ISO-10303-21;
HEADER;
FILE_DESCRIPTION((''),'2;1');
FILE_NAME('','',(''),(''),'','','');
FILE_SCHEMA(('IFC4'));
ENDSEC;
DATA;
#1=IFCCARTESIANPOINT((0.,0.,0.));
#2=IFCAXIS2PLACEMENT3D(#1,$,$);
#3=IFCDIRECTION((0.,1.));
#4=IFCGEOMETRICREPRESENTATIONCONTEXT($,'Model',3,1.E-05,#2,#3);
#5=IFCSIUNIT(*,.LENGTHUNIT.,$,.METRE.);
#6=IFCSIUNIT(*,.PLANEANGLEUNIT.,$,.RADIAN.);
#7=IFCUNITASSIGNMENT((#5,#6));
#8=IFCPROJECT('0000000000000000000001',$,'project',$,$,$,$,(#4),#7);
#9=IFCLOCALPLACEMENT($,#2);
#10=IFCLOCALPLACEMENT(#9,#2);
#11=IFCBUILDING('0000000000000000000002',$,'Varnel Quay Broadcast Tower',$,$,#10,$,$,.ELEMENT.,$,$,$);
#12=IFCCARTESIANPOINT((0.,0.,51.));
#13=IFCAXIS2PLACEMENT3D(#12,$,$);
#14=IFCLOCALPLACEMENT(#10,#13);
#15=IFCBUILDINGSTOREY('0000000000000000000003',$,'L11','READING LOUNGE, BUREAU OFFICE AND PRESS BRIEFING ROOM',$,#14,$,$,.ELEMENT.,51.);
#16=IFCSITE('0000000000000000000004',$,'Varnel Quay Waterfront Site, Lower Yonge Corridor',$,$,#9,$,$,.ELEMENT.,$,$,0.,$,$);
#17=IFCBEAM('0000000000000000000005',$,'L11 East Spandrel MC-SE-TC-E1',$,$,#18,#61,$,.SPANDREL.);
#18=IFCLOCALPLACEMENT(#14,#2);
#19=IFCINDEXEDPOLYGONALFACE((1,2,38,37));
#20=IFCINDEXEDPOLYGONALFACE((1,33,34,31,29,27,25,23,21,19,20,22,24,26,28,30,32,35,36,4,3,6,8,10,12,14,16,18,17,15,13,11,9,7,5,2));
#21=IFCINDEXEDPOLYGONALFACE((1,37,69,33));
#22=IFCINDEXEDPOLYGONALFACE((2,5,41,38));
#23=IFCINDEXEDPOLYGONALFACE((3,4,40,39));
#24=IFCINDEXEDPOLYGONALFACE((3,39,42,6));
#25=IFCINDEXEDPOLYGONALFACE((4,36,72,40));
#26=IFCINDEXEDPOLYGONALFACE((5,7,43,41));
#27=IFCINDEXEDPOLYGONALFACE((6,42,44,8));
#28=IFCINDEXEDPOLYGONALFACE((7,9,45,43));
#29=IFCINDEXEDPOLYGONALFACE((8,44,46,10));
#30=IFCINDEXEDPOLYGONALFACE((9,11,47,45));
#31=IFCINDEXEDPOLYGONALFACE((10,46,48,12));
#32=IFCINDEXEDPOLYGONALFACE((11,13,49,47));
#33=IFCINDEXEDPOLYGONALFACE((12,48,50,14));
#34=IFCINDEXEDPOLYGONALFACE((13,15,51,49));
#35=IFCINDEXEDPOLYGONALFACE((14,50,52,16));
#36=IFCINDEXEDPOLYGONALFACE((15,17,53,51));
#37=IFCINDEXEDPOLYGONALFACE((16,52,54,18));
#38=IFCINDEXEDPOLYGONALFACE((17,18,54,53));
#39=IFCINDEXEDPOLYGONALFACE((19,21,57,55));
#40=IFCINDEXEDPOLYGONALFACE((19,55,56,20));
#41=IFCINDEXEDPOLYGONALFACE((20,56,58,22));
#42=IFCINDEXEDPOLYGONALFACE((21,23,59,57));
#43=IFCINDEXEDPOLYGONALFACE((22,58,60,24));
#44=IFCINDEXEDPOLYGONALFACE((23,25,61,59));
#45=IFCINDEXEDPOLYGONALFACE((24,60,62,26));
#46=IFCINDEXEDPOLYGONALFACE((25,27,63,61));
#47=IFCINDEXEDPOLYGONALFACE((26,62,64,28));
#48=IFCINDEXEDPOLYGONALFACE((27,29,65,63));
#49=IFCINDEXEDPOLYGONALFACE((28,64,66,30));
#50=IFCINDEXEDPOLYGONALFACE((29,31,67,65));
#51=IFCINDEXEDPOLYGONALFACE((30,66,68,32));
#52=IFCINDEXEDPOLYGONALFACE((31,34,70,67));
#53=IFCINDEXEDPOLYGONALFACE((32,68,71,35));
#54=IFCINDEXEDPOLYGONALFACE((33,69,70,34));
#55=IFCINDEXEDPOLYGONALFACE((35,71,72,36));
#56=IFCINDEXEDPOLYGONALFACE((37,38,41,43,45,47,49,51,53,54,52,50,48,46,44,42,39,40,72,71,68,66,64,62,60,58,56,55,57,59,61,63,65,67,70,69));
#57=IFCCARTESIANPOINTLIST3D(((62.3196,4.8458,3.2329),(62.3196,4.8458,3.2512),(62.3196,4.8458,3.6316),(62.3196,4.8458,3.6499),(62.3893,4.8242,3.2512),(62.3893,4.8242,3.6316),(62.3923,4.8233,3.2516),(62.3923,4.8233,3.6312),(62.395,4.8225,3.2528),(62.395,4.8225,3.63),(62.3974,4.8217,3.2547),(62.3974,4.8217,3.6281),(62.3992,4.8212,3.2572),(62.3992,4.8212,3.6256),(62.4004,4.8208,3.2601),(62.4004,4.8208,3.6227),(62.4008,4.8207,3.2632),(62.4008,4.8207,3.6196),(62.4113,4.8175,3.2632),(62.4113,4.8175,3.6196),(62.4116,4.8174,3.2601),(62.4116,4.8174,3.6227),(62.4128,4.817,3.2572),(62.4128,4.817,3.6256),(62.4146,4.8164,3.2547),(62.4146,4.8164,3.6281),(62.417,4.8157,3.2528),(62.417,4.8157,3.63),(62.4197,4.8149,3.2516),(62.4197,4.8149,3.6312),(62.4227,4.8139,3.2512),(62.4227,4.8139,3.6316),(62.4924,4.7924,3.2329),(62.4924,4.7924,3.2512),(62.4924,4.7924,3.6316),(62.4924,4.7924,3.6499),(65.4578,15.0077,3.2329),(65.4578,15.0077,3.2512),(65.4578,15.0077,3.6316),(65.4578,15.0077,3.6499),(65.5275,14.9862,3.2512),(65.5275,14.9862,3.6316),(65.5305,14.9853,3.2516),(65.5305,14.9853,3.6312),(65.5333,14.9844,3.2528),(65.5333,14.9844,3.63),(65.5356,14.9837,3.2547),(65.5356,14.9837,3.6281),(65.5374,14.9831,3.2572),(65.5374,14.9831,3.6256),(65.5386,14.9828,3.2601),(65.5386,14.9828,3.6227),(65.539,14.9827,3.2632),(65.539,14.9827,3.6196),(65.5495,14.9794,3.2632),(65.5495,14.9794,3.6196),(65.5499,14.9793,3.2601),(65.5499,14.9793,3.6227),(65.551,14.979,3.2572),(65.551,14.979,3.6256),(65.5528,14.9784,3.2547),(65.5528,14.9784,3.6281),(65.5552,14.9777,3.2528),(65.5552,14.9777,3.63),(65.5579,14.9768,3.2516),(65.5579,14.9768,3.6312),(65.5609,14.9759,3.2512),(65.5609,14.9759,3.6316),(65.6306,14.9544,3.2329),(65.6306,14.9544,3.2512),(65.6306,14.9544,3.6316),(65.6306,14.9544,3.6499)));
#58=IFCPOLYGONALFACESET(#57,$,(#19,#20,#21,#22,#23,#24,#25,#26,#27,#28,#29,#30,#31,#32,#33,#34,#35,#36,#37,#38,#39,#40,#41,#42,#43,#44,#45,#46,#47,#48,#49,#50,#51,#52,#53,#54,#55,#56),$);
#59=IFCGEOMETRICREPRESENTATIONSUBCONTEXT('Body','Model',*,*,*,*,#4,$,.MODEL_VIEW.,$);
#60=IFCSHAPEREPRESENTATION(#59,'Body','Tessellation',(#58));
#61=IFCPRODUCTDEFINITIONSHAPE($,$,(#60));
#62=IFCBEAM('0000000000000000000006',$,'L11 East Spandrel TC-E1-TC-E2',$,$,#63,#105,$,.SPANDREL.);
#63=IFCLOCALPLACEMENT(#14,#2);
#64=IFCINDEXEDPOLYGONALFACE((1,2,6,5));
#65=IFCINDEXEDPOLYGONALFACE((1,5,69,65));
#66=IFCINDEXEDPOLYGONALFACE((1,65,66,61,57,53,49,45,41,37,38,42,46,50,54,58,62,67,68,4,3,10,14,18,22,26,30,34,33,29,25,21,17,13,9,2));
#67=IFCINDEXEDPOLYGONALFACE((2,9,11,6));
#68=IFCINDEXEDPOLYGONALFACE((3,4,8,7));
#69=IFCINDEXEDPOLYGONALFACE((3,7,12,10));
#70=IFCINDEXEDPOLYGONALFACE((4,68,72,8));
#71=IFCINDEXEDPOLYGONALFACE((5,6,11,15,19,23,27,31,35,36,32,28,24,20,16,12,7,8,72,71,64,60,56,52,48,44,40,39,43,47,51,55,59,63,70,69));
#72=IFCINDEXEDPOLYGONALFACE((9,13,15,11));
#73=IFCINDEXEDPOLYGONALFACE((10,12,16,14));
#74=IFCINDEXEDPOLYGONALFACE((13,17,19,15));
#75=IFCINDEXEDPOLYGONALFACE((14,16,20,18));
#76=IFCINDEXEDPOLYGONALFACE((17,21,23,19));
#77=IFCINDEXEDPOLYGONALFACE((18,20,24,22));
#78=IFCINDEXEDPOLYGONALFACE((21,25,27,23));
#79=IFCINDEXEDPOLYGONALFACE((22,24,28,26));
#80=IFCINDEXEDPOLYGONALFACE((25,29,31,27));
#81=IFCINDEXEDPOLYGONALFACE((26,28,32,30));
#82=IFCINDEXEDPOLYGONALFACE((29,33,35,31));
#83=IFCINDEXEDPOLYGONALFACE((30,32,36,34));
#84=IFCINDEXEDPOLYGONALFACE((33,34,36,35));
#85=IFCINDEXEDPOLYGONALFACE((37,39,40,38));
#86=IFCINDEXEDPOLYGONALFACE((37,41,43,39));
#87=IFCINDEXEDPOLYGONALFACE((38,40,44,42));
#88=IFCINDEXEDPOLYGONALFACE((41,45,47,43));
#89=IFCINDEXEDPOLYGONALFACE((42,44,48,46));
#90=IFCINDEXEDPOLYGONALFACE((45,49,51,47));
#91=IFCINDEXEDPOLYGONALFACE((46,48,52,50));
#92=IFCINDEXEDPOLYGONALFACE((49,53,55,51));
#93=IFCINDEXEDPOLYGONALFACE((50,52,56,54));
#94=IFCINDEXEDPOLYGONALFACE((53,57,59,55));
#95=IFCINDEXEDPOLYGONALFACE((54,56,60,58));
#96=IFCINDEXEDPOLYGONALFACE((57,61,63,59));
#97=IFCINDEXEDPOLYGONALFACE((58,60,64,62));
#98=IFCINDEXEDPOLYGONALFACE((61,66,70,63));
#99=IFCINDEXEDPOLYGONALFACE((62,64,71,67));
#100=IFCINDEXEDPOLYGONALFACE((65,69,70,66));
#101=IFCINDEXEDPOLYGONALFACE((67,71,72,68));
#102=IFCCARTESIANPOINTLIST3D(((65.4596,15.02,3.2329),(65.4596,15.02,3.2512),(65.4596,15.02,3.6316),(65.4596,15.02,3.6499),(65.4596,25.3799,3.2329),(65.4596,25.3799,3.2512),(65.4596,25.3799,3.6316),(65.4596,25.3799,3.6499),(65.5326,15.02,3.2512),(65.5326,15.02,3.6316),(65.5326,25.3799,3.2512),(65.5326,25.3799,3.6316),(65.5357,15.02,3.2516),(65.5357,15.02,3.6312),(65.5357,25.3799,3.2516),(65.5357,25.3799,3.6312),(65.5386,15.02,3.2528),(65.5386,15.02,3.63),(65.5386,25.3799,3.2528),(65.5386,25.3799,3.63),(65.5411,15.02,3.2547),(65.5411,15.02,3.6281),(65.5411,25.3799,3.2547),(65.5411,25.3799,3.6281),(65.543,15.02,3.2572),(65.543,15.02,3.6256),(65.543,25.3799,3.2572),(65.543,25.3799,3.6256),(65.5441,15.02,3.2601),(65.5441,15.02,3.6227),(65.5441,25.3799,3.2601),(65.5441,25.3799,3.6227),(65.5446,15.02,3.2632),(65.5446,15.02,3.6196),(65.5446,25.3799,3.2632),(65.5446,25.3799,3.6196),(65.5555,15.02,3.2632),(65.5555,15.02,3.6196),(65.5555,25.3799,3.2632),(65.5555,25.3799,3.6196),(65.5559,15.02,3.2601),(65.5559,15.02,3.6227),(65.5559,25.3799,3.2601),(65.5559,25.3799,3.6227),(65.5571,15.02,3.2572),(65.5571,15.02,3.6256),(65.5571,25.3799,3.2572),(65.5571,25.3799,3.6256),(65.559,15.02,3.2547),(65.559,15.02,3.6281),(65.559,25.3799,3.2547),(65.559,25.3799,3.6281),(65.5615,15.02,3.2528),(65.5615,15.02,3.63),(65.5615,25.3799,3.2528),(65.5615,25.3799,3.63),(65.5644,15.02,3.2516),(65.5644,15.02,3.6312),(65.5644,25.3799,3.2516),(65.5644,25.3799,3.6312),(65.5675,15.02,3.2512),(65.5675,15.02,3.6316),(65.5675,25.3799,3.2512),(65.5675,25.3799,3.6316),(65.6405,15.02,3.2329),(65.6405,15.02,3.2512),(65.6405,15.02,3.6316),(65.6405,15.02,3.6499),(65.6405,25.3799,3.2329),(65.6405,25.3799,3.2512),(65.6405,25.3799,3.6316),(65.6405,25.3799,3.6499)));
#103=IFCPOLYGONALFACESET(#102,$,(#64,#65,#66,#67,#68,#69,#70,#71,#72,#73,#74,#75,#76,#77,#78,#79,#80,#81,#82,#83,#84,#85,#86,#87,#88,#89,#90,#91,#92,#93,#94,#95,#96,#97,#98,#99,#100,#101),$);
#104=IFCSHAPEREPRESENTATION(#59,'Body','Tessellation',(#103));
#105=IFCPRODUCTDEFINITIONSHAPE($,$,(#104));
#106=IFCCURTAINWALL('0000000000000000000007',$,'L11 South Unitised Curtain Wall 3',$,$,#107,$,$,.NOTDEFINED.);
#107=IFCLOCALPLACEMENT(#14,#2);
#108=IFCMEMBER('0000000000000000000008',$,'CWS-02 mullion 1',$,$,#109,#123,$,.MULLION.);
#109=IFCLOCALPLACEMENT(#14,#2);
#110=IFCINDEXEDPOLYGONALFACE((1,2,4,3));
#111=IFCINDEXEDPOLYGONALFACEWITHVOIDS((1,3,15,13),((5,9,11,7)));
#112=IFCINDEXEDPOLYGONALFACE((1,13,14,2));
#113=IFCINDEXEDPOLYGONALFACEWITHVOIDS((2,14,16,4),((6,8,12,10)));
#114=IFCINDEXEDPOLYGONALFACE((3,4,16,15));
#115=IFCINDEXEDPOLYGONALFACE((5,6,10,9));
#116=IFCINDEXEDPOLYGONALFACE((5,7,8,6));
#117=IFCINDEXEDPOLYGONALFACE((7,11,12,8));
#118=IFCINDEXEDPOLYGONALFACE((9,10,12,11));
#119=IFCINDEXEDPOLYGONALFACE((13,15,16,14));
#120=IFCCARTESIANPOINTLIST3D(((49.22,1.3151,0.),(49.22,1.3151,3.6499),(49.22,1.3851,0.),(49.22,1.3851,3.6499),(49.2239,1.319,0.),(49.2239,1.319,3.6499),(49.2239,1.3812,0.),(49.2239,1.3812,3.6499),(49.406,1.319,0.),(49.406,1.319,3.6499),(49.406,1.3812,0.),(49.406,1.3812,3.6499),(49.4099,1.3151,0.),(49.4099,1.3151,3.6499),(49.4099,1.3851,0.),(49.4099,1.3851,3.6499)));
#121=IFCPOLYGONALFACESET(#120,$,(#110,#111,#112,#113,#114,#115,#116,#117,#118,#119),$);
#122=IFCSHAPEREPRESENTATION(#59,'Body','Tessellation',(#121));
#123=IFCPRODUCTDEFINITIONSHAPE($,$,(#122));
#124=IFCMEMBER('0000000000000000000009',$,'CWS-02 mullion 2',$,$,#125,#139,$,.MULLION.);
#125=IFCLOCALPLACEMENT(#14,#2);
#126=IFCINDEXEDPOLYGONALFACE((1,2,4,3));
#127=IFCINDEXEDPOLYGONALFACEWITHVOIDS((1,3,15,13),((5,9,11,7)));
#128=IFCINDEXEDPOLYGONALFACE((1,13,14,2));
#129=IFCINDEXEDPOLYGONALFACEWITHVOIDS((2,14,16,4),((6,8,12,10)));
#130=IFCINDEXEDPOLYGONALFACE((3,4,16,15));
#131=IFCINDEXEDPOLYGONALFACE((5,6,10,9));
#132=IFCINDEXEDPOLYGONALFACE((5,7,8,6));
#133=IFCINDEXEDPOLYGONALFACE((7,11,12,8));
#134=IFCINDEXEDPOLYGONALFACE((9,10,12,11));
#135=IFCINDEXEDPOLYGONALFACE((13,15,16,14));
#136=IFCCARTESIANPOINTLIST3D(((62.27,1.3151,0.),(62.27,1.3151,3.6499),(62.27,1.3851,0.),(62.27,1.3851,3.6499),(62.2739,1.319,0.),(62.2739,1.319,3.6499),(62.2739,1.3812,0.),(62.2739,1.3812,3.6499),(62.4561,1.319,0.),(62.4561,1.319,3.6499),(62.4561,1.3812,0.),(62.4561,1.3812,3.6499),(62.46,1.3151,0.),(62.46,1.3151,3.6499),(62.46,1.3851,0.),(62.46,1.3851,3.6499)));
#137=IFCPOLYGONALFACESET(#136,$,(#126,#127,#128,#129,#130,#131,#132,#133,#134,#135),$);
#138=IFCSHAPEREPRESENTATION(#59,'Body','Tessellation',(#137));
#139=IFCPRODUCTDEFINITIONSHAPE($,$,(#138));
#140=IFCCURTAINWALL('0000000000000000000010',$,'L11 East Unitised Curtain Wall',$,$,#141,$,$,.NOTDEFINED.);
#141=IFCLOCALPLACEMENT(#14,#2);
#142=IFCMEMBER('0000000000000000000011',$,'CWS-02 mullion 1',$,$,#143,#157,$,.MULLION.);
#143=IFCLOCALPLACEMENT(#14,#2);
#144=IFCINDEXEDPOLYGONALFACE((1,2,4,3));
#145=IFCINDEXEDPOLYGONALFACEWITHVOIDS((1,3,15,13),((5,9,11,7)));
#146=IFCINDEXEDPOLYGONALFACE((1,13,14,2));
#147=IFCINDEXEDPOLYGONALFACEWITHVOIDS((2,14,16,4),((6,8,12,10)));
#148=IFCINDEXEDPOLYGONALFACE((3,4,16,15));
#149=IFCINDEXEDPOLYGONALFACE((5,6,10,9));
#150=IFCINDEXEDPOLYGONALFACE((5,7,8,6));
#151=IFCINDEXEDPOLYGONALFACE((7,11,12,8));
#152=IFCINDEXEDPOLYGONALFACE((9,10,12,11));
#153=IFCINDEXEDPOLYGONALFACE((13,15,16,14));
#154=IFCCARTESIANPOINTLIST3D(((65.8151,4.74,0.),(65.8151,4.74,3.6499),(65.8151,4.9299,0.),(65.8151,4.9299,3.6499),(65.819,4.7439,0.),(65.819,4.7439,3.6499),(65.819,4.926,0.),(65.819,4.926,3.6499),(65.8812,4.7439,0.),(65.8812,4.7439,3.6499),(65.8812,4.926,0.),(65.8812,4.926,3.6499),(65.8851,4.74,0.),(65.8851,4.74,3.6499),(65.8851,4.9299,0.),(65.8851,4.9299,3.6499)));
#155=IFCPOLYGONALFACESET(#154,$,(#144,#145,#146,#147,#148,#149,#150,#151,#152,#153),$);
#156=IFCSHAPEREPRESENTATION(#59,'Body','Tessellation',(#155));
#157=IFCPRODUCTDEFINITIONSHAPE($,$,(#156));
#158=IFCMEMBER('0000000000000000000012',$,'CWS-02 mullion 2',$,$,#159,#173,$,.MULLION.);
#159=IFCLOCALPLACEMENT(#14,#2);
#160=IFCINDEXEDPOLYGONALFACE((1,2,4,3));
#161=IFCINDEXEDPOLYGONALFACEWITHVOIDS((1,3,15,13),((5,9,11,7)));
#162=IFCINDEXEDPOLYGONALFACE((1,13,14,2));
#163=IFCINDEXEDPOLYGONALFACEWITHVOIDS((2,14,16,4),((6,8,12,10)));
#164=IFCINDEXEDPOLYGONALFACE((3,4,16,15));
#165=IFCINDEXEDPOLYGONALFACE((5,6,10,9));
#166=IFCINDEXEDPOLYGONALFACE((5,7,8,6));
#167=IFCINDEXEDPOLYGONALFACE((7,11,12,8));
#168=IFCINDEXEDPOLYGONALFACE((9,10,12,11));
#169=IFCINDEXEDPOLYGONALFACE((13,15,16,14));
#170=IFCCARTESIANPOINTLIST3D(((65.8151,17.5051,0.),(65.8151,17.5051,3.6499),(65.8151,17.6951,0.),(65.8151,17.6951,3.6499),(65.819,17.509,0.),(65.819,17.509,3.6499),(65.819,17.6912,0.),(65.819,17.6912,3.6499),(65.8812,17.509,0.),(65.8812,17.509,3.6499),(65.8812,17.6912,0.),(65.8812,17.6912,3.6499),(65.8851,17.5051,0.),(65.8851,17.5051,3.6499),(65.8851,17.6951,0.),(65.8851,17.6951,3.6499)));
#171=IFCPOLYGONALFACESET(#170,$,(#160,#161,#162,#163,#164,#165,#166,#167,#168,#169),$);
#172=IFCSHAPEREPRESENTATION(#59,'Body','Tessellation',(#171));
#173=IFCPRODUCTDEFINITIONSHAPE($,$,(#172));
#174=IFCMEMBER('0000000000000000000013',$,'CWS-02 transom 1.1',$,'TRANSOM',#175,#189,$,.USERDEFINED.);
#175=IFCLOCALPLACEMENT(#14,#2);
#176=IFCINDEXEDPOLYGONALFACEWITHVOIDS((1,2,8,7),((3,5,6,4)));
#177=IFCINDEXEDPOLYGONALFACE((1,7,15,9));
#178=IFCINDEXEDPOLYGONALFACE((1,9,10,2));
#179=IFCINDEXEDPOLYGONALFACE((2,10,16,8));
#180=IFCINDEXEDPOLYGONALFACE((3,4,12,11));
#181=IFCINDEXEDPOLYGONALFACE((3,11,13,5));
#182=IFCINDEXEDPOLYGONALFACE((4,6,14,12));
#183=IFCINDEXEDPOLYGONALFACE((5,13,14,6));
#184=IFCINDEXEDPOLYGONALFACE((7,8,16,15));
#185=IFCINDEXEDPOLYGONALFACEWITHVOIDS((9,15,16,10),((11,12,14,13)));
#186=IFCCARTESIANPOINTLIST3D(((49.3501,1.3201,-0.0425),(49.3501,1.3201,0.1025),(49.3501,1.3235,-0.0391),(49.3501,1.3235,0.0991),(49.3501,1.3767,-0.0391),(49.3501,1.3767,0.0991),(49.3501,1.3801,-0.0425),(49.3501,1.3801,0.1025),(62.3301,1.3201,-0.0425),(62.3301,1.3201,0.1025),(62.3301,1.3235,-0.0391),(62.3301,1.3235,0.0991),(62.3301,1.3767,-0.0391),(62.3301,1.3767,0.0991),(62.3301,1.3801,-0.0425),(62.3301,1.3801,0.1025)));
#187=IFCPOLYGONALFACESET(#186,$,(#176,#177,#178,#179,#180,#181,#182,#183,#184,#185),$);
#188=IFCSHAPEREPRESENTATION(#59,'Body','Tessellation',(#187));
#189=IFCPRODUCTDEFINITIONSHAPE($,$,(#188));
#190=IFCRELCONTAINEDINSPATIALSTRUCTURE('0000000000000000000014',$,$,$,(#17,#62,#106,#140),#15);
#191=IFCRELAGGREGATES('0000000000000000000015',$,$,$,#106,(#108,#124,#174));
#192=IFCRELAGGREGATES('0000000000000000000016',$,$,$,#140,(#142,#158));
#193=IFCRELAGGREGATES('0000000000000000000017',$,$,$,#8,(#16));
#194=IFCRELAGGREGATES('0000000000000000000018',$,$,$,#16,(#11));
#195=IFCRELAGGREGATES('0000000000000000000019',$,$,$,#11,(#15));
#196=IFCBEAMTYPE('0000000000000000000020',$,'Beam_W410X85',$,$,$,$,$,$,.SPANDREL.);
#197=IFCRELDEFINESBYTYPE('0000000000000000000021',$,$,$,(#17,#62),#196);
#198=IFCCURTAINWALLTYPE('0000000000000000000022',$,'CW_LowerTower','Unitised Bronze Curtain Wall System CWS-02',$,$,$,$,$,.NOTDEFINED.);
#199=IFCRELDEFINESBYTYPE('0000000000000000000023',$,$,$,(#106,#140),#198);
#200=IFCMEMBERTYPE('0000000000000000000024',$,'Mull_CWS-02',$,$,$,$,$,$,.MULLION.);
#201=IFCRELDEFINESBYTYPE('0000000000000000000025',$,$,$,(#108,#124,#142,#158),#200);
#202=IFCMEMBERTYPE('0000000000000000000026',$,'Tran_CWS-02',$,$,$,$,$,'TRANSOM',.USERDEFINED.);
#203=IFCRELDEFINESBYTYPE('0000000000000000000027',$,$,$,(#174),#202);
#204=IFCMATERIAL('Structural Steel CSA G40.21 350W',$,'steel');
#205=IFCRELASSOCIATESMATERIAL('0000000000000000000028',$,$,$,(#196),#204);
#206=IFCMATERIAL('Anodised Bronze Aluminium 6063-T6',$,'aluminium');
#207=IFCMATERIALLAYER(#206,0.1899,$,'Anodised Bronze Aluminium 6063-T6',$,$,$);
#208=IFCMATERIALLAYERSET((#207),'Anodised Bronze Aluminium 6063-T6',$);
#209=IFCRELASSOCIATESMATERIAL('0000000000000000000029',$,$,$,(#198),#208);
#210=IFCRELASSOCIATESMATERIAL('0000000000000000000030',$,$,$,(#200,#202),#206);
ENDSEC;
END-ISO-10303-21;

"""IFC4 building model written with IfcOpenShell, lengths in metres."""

from ifc_helpers import new_model, si_unit, direction, frame, origin, origin_2d, place, context, subcontext, project, spatial, hollow_rectangle, i_section, extrude, source, transform, mapped, material, layer, layer_set, material_profile, profile_set, type_object, type_shapes, element, aggregate, save


model = new_model("IFC4")

# Units and contexts
model_context = context("Model", 3, precision=1e-05, world=origin(), true_north=direction((0.0, 1.0)))
body_context = subcontext(model_context, "Body", "Model", "MODEL_VIEW")
ifc_project = project(units=[si_unit("LENGTHUNIT", "METRE"), si_unit("PLANEANGLEUNIT", "RADIAN")], contexts=[model_context])

# Site, building, storey
site_placement = place(None, origin())
site = spatial("IfcSite", under=ifc_project, at=site_placement, Name="Varnel Quay Waterfront Site, Lower Yonge Corridor", CompositionType="ELEMENT", RefElevation=0.0)
building_placement = place(site_placement, origin())
building = spatial("IfcBuilding", under=site, at=building_placement, Name="Varnel Quay Broadcast Tower", CompositionType="ELEMENT")
storey_placement = place(building_placement, frame((0.0, 0.0, 51.0)))
storey = spatial("IfcBuildingStorey", under=building, at=storey_placement, Name="L11", Description="READING LOUNGE, BUREAU OFFICE AND PRESS BRIEFING ROOM", CompositionType="ELEMENT", Elevation=51.0)

# Shared definitions
ifc_material_1 = material(Name="Structural Steel CSA G40.21 350W", Category="steel")

# Beams
ifc_material_profile_1 = material_profile(ifc_material_1, i_section(OverallWidth=0.1809, OverallDepth=0.417, WebThickness=0.011, FlangeThickness=0.0183, FilletRadius=0.012, at=origin_2d()), Name="W410X85")
ifc_profile_set_1 = profile_set([ifc_material_profile_1], Name="Structural Steel CSA G40.21 350W")
beam_type = type_object("IfcBeamType", Name="Beam_W410X85", PredefinedType="SPANDREL", material=ifc_profile_set_1)
shared_shape_1 = source(origin(), body_context, "Body", "SweptSolid", [
    extrude(i_section(OverallWidth=0.1809, OverallDepth=0.417, WebThickness=0.011, FlangeThickness=0.0183, FilletRadius=0.012, at=origin_2d()), origin(), (0.0, 0.0, 1.0), 10.6355),
])
beam_1_placement = place(storey_placement, frame((62.406, 4.8191, 3.4414), z_axis=(0.29507, 0.955476, 0.0), x_axis=(-0.955476, 0.29507, 0.0)))
element("IfcBeam", 1, at=beam_1_placement, inside=storey, type_object=beam_type, Name="L11 East Spandrel MC-SE-TC-E1", PredefinedType="SPANDREL", context=body_context, shape_type="MappedRepresentation", body=[
    mapped(shared_shape_1, transform((0.0, 0.0, 0.0), x_axis=(1.0, 0.0, 0.0), y_axis=(0.0, 1.0, 0.0), z_axis=(0.0, 0.0, 1.0), scale=1.0)),
])
shared_shape_2 = source(origin(), body_context, "Body", "SweptSolid", [
    extrude(i_section(OverallWidth=0.1809, OverallDepth=0.417, WebThickness=0.011, FlangeThickness=0.0183, FilletRadius=0.012, at=origin_2d()), origin(), (0.0, 0.0, 1.0), 10.3599),
])
beam_2_placement = place(storey_placement, frame((65.55, 15.02, 3.4414), z_axis=(0.0, 1.0, 0.0), x_axis=(-1.0, 0.0, 0.0)))
element("IfcBeam", 2, at=beam_2_placement, inside=storey, type_object=beam_type, Name="L11 East Spandrel TC-E1-TC-E2", PredefinedType="SPANDREL", context=body_context, shape_type="MappedRepresentation", body=[
    mapped(shared_shape_2, transform((0.0, 0.0, 0.0), x_axis=(1.0, 0.0, 0.0), y_axis=(0.0, 1.0, 0.0), z_axis=(0.0, 0.0, 1.0), scale=1.0)),
])

# Curtain walls, members
ifc_material_2 = material(Name="Anodised Bronze Aluminium 6063-T6", Category="aluminium")
ifc_layer_1 = layer(ifc_material_2, 0.1899, Name="Anodised Bronze Aluminium 6063-T6")
ifc_layer_set_1 = layer_set([ifc_layer_1], Name="Anodised Bronze Aluminium 6063-T6")
curtain_wall_type_1 = type_object("IfcCurtainWallType", Name="CW_LowerTower", Description="Unitised Bronze Curtain Wall System CWS-02", PredefinedType="NOTDEFINED", material=ifc_layer_set_1)
curtain_wall_1_placement = place(storey_placement, origin())
curtain_wall_1 = element("IfcCurtainWall", 3, at=curtain_wall_1_placement, inside=storey, type_object=curtain_wall_type_1, Name="L11 South Unitised Curtain Wall 3", PredefinedType="NOTDEFINED")
ifc_material_profile_2 = material_profile(ifc_material_2, hollow_rectangle(XDim=0.0701, YDim=0.1899, WallThickness=0.0039, at=origin_2d()), Name="ALU70X190X4")
ifc_profile_set_2 = profile_set([ifc_material_profile_2], Name="Anodised Bronze Aluminium 6063-T6")
member_type_1 = type_object("IfcMemberType", Name="Mull_CWS-02", PredefinedType="MULLION", material=ifc_profile_set_2)
shared_shape_3 = source(origin(), body_context, "Body", "SweptSolid", [
    extrude(hollow_rectangle(XDim=0.0701, YDim=0.1899, WallThickness=0.0039, at=origin_2d()), origin(), (0.0, 0.0, 1.0), 3.6499),
])
type_shapes(member_type_1, [shared_shape_3])
member_1_placement = place(storey_placement, frame((49.3149, 1.3501, 0.0), z_axis=(0.0, 0.0, 1.0), x_axis=(0.0, 1.0, 0.0)))
member_1 = element("IfcMember", 4, at=member_1_placement, type_object=member_type_1, Name="CWS-02 mullion 1", PredefinedType="MULLION", context=body_context, shape_type="MappedRepresentation", body=[
    mapped(shared_shape_3, transform((0.0, 0.0, 0.0), x_axis=(1.0, 0.0, 0.0), y_axis=(0.0, 1.0, 0.0), z_axis=(0.0, 0.0, 1.0), scale=1.0)),
])
member_2_placement = place(storey_placement, frame((62.365, 1.3501, 0.0), z_axis=(0.0, 0.0, 1.0), x_axis=(0.0, 1.0, 0.0)))
member_2 = element("IfcMember", 5, at=member_2_placement, type_object=member_type_1, Name="CWS-02 mullion 2", PredefinedType="MULLION", context=body_context, shape_type="MappedRepresentation", body=[
    mapped(shared_shape_3, transform((0.0, 0.0, 0.0), x_axis=(1.0, 0.0, 0.0), y_axis=(0.0, 1.0, 0.0), z_axis=(0.0, 0.0, 1.0), scale=1.0)),
])
curtain_wall_2_placement = place(storey_placement, origin())
curtain_wall_2 = element("IfcCurtainWall", 6, at=curtain_wall_2_placement, inside=storey, type_object=curtain_wall_type_1, Name="L11 East Unitised Curtain Wall", PredefinedType="NOTDEFINED")
member_3_placement = place(storey_placement, frame((65.8501, 4.835, 0.0), z_axis=(0.0, 0.0, 1.0), x_axis=(-1.0, 0.0, 0.0)))
member_3 = element("IfcMember", 7, at=member_3_placement, type_object=member_type_1, Name="CWS-02 mullion 1", PredefinedType="MULLION", context=body_context, shape_type="MappedRepresentation", body=[
    mapped(shared_shape_3, transform((0.0, 0.0, 0.0), x_axis=(1.0, 0.0, 0.0), y_axis=(0.0, 1.0, 0.0), z_axis=(0.0, 0.0, 1.0), scale=1.0)),
])
member_4_placement = place(storey_placement, frame((65.8501, 17.6001, 0.0), z_axis=(0.0, 0.0, 1.0), x_axis=(-1.0, 0.0, 0.0)))
member_4 = element("IfcMember", 8, at=member_4_placement, type_object=member_type_1, Name="CWS-02 mullion 2", PredefinedType="MULLION", context=body_context, shape_type="MappedRepresentation", body=[
    mapped(shared_shape_3, transform((0.0, 0.0, 0.0), x_axis=(1.0, 0.0, 0.0), y_axis=(0.0, 1.0, 0.0), z_axis=(0.0, 0.0, 1.0), scale=1.0)),
])

# Member
ifc_material_profile_3 = material_profile(ifc_material_2, hollow_rectangle(XDim=0.0601, YDim=0.145, WallThickness=0.0034, at=origin_2d()), Name="ALU60X145X3.5")
ifc_profile_set_3 = profile_set([ifc_material_profile_3], Name="Anodised Bronze Aluminium 6063-T6")
member_type_2 = type_object("IfcMemberType", Name="Tran_CWS-02", ElementType="TRANSOM", PredefinedType="USERDEFINED", material=ifc_profile_set_3)
shared_shape_4 = source(origin(), body_context, "Body", "SweptSolid", [
    extrude(hollow_rectangle(XDim=0.0601, YDim=0.145, WallThickness=0.0034, at=origin_2d()), origin(), (0.0, 0.0, 1.0), 12.98),
])
member_5_placement = place(storey_placement, frame((49.3501, 1.3501, 0.03), z_axis=(1.0, 0.0, 0.0), x_axis=(0.0, 1.0, 0.0)))
member_5 = element("IfcMember", 9, at=member_5_placement, type_object=member_type_2, Name="CWS-02 transom 1.1", ObjectType="TRANSOM", PredefinedType="USERDEFINED", context=body_context, shape_type="MappedRepresentation", body=[
    mapped(shared_shape_4, transform((0.0, 0.0, 0.0), x_axis=(1.0, 0.0, 0.0), y_axis=(0.0, 1.0, 0.0), z_axis=(0.0, 0.0, 1.0), scale=1.0)),
])

aggregate(curtain_wall_1, [member_1, member_2, member_5])
aggregate(curtain_wall_2, [member_3, member_4])

save(model, "model.ifc")
